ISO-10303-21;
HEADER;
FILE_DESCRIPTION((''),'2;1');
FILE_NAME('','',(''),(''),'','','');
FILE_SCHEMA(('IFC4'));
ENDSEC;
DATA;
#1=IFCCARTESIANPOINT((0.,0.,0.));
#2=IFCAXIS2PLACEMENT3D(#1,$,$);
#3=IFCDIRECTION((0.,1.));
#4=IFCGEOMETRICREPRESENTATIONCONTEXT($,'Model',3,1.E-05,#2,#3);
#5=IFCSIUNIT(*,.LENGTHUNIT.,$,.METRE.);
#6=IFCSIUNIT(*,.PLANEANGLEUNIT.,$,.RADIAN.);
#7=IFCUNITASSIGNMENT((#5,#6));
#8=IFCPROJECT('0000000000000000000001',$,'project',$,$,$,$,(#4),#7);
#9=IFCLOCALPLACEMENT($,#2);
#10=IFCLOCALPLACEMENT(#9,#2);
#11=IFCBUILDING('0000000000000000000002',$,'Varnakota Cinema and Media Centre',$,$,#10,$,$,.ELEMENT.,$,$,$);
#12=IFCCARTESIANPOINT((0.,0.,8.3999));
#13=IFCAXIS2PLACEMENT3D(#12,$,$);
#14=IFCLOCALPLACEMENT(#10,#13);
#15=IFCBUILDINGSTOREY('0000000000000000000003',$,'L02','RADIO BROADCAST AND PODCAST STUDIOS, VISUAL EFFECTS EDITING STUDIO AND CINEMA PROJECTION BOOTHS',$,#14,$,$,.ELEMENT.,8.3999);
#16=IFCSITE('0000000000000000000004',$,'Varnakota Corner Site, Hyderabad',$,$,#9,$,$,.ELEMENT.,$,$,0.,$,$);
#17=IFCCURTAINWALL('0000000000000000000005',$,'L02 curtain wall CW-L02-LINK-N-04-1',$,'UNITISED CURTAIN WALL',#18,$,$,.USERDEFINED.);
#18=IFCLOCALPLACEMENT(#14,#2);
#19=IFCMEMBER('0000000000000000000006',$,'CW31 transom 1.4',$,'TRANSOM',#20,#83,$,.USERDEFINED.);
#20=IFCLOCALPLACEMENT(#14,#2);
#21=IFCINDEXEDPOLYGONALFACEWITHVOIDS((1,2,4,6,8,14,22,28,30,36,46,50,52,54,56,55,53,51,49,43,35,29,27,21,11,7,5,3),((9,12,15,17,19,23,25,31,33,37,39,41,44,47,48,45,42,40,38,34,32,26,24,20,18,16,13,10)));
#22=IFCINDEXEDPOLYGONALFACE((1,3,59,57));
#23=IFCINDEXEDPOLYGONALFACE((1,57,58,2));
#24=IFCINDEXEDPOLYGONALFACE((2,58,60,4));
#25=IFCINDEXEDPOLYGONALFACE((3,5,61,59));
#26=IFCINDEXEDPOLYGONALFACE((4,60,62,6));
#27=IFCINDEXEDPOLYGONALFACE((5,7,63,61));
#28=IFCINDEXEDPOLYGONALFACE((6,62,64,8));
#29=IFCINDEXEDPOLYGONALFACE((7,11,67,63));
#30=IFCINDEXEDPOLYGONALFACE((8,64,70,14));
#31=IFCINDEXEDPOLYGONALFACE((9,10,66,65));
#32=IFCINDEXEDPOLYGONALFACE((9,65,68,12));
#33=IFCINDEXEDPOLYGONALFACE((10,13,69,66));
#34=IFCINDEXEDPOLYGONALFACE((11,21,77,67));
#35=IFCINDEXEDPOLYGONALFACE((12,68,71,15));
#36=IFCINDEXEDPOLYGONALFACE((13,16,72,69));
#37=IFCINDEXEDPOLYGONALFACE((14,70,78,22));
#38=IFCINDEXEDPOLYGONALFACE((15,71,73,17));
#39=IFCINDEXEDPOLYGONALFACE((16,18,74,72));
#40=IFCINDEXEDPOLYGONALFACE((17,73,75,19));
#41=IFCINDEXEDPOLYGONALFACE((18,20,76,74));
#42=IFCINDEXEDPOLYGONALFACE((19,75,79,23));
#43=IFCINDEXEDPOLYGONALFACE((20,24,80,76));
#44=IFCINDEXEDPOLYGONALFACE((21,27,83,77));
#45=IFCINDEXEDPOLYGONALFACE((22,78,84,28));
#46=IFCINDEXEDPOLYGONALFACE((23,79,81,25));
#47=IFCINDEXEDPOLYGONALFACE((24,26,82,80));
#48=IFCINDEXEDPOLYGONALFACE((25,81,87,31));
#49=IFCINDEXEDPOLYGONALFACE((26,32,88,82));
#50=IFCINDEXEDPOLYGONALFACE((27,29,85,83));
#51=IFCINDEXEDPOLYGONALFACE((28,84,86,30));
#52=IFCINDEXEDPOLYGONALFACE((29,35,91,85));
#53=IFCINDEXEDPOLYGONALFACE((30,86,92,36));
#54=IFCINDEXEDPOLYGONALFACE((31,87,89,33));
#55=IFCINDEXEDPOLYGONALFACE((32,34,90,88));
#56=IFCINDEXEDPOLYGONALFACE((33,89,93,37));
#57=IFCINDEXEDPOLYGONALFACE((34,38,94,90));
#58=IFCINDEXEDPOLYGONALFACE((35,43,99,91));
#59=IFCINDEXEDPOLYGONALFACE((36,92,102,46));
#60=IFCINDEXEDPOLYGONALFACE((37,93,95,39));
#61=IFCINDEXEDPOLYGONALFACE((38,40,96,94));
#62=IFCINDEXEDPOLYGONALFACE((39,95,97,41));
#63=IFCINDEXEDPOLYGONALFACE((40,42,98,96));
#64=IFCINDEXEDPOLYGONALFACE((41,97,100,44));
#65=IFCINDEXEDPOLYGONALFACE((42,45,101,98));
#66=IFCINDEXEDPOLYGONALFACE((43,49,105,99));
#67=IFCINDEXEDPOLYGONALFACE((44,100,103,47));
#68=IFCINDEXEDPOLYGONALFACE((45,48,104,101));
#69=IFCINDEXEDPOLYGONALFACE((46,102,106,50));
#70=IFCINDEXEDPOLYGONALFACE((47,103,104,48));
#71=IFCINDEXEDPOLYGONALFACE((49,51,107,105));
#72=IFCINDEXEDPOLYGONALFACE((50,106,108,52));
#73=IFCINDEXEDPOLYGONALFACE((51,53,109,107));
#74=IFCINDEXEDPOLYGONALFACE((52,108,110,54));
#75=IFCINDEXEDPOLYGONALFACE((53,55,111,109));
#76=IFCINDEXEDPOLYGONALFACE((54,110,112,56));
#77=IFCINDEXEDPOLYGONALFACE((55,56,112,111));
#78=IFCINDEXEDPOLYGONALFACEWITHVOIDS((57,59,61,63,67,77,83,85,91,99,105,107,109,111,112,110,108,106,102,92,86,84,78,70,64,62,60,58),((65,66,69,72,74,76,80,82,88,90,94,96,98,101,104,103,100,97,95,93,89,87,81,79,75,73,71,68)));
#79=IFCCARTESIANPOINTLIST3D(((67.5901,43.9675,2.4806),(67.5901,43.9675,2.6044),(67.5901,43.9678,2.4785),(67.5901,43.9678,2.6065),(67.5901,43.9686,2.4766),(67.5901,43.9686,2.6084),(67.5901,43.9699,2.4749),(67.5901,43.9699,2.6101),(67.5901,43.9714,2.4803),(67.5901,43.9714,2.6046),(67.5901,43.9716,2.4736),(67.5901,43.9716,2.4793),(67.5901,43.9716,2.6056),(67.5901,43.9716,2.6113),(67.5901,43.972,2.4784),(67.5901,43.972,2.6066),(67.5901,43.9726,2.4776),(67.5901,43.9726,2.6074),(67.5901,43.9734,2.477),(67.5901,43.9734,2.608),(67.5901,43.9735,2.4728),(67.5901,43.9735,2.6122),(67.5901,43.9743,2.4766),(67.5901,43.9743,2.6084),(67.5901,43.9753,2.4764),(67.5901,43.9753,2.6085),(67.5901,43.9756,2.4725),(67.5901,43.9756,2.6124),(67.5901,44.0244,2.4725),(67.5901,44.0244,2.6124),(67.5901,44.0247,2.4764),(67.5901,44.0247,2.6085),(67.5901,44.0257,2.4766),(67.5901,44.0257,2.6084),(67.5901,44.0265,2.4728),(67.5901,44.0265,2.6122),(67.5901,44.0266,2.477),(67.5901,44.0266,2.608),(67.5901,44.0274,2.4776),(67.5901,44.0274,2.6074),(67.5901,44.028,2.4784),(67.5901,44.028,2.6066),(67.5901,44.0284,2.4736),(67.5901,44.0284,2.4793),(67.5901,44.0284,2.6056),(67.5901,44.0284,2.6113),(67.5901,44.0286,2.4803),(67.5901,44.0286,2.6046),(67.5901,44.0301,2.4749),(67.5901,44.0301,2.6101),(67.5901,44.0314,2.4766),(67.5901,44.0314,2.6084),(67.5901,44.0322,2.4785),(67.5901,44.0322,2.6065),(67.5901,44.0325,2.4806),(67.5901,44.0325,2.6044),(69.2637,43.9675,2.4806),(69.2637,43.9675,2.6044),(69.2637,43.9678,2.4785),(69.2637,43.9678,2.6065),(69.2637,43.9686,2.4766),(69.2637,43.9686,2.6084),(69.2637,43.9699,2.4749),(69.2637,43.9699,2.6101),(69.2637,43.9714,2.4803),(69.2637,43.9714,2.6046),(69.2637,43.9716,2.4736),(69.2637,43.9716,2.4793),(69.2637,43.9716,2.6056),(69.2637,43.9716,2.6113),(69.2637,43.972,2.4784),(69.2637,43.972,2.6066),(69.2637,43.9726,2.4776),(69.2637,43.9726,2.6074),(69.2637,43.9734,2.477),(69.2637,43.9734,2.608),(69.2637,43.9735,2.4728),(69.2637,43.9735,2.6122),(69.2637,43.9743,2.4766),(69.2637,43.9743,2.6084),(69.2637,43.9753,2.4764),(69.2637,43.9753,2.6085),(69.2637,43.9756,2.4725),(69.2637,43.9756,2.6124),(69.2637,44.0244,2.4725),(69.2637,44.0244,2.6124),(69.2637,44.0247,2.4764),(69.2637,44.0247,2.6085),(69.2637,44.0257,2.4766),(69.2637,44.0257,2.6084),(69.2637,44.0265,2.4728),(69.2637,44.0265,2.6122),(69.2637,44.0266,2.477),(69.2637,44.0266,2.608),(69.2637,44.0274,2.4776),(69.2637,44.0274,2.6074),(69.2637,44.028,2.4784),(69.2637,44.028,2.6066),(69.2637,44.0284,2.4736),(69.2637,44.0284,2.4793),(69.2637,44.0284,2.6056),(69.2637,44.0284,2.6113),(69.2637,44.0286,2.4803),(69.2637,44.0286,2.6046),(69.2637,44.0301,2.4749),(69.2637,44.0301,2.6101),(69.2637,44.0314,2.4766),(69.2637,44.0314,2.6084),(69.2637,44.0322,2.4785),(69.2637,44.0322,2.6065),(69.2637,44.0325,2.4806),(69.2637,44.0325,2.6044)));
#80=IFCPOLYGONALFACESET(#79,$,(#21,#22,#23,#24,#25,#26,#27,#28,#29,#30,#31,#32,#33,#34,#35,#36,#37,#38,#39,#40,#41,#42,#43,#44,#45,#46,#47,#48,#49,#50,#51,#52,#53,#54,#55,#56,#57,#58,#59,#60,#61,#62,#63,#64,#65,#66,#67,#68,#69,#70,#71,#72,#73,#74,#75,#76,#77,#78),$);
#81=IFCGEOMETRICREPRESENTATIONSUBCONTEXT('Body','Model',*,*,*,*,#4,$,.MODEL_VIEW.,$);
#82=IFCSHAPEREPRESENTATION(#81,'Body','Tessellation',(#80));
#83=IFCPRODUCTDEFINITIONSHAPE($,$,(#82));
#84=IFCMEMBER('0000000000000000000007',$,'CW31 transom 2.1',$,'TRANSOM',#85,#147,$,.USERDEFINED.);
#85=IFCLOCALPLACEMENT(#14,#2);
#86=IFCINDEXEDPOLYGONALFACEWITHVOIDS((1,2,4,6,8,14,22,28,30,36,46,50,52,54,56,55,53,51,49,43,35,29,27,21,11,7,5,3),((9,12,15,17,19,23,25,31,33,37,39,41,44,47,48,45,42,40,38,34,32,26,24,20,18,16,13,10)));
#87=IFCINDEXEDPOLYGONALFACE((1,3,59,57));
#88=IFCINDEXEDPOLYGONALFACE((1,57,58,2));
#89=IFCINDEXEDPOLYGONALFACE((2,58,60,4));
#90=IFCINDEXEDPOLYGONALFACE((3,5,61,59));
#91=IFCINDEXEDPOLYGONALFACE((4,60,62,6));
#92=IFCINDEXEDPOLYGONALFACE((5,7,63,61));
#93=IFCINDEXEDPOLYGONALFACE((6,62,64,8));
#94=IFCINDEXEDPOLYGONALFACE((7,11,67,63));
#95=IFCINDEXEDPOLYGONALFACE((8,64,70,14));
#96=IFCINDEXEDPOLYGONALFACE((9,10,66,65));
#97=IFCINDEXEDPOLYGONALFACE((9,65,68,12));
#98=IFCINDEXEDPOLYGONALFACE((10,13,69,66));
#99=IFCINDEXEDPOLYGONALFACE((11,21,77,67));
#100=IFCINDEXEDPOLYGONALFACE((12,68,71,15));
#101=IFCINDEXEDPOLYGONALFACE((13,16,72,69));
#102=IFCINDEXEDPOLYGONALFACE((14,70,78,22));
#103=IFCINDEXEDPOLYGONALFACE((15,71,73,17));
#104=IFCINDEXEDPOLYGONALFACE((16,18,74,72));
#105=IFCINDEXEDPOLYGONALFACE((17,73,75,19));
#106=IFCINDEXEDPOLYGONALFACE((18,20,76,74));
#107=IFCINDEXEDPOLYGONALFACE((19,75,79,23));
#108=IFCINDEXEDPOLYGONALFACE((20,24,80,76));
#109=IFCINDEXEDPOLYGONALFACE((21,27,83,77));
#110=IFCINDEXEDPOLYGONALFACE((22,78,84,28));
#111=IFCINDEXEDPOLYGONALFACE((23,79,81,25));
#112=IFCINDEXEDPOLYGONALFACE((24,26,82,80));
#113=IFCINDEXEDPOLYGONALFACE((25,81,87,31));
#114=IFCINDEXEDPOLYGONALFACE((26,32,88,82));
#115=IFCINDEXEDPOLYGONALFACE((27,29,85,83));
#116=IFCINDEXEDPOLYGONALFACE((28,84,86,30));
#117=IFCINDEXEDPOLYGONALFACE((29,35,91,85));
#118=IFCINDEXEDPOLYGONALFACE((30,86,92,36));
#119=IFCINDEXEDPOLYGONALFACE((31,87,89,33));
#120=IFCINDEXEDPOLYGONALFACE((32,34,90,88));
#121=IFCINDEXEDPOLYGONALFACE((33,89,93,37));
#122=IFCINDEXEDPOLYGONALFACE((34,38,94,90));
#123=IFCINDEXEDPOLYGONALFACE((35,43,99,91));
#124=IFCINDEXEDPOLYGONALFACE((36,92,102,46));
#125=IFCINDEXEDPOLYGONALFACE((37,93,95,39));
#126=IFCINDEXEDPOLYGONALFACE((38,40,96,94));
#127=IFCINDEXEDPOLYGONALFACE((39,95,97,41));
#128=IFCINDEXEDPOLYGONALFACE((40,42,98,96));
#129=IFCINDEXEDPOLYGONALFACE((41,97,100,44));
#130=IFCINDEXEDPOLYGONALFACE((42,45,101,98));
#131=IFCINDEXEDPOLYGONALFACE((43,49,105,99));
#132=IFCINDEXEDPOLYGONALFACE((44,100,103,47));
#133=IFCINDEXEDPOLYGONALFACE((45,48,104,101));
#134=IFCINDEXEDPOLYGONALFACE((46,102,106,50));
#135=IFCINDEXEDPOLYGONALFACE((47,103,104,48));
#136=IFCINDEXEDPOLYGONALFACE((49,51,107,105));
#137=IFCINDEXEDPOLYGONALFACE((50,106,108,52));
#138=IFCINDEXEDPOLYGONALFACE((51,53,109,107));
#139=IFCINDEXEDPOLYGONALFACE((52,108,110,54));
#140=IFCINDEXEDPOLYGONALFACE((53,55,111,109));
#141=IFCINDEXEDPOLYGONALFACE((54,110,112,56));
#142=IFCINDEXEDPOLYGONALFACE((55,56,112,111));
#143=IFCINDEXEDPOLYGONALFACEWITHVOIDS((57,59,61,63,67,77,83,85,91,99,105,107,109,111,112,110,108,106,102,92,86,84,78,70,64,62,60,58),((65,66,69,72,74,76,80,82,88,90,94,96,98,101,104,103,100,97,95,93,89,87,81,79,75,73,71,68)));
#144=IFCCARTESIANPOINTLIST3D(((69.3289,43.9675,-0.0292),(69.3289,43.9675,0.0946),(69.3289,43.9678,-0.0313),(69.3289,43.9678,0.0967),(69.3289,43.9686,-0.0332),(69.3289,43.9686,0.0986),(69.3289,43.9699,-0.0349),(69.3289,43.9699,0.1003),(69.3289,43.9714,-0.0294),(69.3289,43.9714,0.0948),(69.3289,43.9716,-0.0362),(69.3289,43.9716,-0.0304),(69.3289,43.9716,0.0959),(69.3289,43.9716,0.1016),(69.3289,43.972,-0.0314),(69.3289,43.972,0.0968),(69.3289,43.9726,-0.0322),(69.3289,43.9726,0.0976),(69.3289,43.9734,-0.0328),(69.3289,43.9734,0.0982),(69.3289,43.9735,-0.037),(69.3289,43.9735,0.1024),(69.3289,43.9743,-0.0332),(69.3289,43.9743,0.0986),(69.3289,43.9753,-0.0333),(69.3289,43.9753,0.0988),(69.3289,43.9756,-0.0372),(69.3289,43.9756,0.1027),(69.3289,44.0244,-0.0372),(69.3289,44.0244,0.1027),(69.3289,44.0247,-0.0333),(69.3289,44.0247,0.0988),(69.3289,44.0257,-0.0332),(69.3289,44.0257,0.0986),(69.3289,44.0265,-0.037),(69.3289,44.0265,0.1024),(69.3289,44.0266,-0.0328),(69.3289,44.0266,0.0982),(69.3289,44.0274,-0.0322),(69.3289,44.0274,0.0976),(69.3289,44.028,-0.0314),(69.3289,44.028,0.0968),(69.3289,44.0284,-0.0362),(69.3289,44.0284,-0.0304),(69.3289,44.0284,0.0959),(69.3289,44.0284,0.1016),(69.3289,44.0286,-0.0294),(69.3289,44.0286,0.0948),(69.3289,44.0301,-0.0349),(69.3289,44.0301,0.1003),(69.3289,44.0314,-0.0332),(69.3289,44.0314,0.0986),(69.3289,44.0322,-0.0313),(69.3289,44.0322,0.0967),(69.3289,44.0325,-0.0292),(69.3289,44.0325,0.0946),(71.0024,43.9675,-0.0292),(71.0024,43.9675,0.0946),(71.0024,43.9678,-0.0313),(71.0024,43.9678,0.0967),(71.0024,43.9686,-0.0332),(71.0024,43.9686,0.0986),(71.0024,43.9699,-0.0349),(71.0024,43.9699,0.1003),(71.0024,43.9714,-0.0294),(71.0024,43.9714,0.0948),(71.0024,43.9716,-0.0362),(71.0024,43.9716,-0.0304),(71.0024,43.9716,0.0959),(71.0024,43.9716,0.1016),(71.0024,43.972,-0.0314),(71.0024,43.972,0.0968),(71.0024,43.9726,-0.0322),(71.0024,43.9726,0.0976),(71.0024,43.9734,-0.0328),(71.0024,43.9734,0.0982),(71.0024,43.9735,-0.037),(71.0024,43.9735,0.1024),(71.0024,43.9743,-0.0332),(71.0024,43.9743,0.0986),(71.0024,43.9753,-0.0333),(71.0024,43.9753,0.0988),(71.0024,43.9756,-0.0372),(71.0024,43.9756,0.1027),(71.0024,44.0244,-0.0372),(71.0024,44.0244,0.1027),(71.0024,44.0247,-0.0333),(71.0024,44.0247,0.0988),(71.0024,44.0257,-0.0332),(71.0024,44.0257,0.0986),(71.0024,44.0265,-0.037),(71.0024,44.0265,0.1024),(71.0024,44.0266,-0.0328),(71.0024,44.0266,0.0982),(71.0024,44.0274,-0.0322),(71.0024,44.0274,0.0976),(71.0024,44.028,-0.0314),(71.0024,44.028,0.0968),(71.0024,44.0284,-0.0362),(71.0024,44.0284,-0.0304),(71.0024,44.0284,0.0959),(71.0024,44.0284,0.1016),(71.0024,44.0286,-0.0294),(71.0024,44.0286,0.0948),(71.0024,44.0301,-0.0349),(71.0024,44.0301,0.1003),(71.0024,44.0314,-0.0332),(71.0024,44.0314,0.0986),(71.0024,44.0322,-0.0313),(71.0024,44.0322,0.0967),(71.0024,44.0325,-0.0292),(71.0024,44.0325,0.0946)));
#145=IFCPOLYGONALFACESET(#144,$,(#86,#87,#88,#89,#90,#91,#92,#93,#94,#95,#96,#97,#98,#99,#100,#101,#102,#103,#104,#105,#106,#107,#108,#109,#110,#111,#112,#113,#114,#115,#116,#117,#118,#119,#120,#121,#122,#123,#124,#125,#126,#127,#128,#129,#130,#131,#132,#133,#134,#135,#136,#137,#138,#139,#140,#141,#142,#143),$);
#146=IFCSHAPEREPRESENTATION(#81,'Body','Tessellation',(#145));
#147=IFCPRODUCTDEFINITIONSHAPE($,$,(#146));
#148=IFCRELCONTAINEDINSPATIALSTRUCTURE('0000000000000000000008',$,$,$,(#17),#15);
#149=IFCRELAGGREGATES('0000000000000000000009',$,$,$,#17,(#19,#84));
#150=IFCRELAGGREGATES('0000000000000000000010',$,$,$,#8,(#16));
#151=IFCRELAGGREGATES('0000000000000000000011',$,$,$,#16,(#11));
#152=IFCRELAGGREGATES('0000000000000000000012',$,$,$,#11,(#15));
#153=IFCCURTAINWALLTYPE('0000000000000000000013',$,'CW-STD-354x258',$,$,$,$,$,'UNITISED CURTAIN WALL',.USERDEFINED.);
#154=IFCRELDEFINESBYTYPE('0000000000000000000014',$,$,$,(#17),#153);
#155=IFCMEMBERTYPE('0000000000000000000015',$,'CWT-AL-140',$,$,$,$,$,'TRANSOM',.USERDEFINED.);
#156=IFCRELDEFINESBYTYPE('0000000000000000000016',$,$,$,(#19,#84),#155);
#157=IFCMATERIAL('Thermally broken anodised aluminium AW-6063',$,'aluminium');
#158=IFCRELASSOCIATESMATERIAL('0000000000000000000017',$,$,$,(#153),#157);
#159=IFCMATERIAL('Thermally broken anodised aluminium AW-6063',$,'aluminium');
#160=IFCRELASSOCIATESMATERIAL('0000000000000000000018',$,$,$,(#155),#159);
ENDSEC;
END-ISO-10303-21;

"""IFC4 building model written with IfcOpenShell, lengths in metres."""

from ifc_helpers import new_model, si_unit, direction, frame, origin, origin_2d, place, context, subcontext, project, spatial, hollow_rectangle, extrude, material, material_profile, profile_set, type_object, element, aggregate, save


model = new_model("IFC4")

# Units and contexts
model_context = context("Model", 3, precision=1e-05, world=origin(), true_north=direction((0.0, 1.0)))
body_context = subcontext(model_context, "Body", "Model", "MODEL_VIEW")
ifc_project = project(units=[si_unit("LENGTHUNIT", "METRE"), si_unit("PLANEANGLEUNIT", "RADIAN")], contexts=[model_context])

# Site, building, storey
site_placement = place(None, origin())
site = spatial("IfcSite", under=ifc_project, at=site_placement, Name="Varnakota Corner Site, Hyderabad", CompositionType="ELEMENT", RefElevation=0.0)
building_placement = place(site_placement, origin())
building = spatial("IfcBuilding", under=site, at=building_placement, Name="Varnakota Cinema and Media Centre", CompositionType="ELEMENT")
storey_placement = place(building_placement, frame((0.0, 0.0, 8.3999)))
storey = spatial("IfcBuildingStorey", under=building, at=storey_placement, Name="L02", Description="RADIO BROADCAST AND PODCAST STUDIOS, VISUAL EFFECTS EDITING STUDIO AND CINEMA PROJECTION BOOTHS", CompositionType="ELEMENT", Elevation=8.3999)

# Shared definitions
ifc_material_1 = material(Name="Thermally broken anodised aluminium AW-6063", Category="aluminium")
curtain_wall_type = type_object("IfcCurtainWallType", Name="CW-STD-354x258", ElementType="UNITISED CURTAIN WALL", PredefinedType="USERDEFINED", material=ifc_material_1)

# Curtain wall
curtain_wall_1_placement = place(storey_placement, origin())
curtain_wall_1 = element("IfcCurtainWall", 1, at=curtain_wall_1_placement, inside=storey, type_object=curtain_wall_type, Name="L02 curtain wall CW-L02-LINK-N-04-1", ObjectType="UNITISED CURTAIN WALL", PredefinedType="USERDEFINED")

# Members
ifc_material_2 = material(Name="Thermally broken anodised aluminium AW-6063", Category="aluminium")
ifc_material_profile_1 = material_profile(ifc_material_2, hollow_rectangle(XDim=0.0649, YDim=0.1399, WallThickness=0.0039, InnerFilletRadius=0.0039, OuterFilletRadius=0.0081, at=origin_2d()), Name="AL-TRANSOM 140x65x4")
ifc_profile_set_1 = profile_set([ifc_material_profile_1], Name="Thermally broken anodised aluminium AW-6063")
member_type_1 = type_object("IfcMemberType", Name="CWT-AL-140", ElementType="TRANSOM", PredefinedType="USERDEFINED", material=ifc_profile_set_1)
member_1_placement = place(storey_placement, frame((67.5901, 44.0, 2.5425), z_axis=(1.0, 0.0, 0.0), x_axis=(0.0, 1.0, 0.0)))
member_1 = element("IfcMember", 2, at=member_1_placement, type_object=member_type_1, Name="CW31 transom 1.4", ObjectType="TRANSOM", PredefinedType="USERDEFINED", context=body_context, shape_type="SweptSolid", body=[
    extrude(hollow_rectangle(XDim=0.0649, YDim=0.1399, WallThickness=0.0039, InnerFilletRadius=0.0039, OuterFilletRadius=0.0081, at=origin_2d()), origin(), (0.0, 0.0, 1.0), 1.6736),
])
member_2_placement = place(storey_placement, frame((69.3289, 44.0, 0.0327), z_axis=(1.0, 0.0, 0.0), x_axis=(0.0, 1.0, 0.0)))
member_2 = element("IfcMember", 3, at=member_2_placement, type_object=member_type_1, Name="CW31 transom 2.1", ObjectType="TRANSOM", PredefinedType="USERDEFINED", context=body_context, shape_type="SweptSolid", body=[
    extrude(hollow_rectangle(XDim=0.0649, YDim=0.1399, WallThickness=0.0039, InnerFilletRadius=0.0039, OuterFilletRadius=0.0081, at=origin_2d()), origin(), (0.0, 0.0, 1.0), 1.6736),
])

aggregate(curtain_wall_1, [member_1, member_2])

save(model, "model.ifc")
